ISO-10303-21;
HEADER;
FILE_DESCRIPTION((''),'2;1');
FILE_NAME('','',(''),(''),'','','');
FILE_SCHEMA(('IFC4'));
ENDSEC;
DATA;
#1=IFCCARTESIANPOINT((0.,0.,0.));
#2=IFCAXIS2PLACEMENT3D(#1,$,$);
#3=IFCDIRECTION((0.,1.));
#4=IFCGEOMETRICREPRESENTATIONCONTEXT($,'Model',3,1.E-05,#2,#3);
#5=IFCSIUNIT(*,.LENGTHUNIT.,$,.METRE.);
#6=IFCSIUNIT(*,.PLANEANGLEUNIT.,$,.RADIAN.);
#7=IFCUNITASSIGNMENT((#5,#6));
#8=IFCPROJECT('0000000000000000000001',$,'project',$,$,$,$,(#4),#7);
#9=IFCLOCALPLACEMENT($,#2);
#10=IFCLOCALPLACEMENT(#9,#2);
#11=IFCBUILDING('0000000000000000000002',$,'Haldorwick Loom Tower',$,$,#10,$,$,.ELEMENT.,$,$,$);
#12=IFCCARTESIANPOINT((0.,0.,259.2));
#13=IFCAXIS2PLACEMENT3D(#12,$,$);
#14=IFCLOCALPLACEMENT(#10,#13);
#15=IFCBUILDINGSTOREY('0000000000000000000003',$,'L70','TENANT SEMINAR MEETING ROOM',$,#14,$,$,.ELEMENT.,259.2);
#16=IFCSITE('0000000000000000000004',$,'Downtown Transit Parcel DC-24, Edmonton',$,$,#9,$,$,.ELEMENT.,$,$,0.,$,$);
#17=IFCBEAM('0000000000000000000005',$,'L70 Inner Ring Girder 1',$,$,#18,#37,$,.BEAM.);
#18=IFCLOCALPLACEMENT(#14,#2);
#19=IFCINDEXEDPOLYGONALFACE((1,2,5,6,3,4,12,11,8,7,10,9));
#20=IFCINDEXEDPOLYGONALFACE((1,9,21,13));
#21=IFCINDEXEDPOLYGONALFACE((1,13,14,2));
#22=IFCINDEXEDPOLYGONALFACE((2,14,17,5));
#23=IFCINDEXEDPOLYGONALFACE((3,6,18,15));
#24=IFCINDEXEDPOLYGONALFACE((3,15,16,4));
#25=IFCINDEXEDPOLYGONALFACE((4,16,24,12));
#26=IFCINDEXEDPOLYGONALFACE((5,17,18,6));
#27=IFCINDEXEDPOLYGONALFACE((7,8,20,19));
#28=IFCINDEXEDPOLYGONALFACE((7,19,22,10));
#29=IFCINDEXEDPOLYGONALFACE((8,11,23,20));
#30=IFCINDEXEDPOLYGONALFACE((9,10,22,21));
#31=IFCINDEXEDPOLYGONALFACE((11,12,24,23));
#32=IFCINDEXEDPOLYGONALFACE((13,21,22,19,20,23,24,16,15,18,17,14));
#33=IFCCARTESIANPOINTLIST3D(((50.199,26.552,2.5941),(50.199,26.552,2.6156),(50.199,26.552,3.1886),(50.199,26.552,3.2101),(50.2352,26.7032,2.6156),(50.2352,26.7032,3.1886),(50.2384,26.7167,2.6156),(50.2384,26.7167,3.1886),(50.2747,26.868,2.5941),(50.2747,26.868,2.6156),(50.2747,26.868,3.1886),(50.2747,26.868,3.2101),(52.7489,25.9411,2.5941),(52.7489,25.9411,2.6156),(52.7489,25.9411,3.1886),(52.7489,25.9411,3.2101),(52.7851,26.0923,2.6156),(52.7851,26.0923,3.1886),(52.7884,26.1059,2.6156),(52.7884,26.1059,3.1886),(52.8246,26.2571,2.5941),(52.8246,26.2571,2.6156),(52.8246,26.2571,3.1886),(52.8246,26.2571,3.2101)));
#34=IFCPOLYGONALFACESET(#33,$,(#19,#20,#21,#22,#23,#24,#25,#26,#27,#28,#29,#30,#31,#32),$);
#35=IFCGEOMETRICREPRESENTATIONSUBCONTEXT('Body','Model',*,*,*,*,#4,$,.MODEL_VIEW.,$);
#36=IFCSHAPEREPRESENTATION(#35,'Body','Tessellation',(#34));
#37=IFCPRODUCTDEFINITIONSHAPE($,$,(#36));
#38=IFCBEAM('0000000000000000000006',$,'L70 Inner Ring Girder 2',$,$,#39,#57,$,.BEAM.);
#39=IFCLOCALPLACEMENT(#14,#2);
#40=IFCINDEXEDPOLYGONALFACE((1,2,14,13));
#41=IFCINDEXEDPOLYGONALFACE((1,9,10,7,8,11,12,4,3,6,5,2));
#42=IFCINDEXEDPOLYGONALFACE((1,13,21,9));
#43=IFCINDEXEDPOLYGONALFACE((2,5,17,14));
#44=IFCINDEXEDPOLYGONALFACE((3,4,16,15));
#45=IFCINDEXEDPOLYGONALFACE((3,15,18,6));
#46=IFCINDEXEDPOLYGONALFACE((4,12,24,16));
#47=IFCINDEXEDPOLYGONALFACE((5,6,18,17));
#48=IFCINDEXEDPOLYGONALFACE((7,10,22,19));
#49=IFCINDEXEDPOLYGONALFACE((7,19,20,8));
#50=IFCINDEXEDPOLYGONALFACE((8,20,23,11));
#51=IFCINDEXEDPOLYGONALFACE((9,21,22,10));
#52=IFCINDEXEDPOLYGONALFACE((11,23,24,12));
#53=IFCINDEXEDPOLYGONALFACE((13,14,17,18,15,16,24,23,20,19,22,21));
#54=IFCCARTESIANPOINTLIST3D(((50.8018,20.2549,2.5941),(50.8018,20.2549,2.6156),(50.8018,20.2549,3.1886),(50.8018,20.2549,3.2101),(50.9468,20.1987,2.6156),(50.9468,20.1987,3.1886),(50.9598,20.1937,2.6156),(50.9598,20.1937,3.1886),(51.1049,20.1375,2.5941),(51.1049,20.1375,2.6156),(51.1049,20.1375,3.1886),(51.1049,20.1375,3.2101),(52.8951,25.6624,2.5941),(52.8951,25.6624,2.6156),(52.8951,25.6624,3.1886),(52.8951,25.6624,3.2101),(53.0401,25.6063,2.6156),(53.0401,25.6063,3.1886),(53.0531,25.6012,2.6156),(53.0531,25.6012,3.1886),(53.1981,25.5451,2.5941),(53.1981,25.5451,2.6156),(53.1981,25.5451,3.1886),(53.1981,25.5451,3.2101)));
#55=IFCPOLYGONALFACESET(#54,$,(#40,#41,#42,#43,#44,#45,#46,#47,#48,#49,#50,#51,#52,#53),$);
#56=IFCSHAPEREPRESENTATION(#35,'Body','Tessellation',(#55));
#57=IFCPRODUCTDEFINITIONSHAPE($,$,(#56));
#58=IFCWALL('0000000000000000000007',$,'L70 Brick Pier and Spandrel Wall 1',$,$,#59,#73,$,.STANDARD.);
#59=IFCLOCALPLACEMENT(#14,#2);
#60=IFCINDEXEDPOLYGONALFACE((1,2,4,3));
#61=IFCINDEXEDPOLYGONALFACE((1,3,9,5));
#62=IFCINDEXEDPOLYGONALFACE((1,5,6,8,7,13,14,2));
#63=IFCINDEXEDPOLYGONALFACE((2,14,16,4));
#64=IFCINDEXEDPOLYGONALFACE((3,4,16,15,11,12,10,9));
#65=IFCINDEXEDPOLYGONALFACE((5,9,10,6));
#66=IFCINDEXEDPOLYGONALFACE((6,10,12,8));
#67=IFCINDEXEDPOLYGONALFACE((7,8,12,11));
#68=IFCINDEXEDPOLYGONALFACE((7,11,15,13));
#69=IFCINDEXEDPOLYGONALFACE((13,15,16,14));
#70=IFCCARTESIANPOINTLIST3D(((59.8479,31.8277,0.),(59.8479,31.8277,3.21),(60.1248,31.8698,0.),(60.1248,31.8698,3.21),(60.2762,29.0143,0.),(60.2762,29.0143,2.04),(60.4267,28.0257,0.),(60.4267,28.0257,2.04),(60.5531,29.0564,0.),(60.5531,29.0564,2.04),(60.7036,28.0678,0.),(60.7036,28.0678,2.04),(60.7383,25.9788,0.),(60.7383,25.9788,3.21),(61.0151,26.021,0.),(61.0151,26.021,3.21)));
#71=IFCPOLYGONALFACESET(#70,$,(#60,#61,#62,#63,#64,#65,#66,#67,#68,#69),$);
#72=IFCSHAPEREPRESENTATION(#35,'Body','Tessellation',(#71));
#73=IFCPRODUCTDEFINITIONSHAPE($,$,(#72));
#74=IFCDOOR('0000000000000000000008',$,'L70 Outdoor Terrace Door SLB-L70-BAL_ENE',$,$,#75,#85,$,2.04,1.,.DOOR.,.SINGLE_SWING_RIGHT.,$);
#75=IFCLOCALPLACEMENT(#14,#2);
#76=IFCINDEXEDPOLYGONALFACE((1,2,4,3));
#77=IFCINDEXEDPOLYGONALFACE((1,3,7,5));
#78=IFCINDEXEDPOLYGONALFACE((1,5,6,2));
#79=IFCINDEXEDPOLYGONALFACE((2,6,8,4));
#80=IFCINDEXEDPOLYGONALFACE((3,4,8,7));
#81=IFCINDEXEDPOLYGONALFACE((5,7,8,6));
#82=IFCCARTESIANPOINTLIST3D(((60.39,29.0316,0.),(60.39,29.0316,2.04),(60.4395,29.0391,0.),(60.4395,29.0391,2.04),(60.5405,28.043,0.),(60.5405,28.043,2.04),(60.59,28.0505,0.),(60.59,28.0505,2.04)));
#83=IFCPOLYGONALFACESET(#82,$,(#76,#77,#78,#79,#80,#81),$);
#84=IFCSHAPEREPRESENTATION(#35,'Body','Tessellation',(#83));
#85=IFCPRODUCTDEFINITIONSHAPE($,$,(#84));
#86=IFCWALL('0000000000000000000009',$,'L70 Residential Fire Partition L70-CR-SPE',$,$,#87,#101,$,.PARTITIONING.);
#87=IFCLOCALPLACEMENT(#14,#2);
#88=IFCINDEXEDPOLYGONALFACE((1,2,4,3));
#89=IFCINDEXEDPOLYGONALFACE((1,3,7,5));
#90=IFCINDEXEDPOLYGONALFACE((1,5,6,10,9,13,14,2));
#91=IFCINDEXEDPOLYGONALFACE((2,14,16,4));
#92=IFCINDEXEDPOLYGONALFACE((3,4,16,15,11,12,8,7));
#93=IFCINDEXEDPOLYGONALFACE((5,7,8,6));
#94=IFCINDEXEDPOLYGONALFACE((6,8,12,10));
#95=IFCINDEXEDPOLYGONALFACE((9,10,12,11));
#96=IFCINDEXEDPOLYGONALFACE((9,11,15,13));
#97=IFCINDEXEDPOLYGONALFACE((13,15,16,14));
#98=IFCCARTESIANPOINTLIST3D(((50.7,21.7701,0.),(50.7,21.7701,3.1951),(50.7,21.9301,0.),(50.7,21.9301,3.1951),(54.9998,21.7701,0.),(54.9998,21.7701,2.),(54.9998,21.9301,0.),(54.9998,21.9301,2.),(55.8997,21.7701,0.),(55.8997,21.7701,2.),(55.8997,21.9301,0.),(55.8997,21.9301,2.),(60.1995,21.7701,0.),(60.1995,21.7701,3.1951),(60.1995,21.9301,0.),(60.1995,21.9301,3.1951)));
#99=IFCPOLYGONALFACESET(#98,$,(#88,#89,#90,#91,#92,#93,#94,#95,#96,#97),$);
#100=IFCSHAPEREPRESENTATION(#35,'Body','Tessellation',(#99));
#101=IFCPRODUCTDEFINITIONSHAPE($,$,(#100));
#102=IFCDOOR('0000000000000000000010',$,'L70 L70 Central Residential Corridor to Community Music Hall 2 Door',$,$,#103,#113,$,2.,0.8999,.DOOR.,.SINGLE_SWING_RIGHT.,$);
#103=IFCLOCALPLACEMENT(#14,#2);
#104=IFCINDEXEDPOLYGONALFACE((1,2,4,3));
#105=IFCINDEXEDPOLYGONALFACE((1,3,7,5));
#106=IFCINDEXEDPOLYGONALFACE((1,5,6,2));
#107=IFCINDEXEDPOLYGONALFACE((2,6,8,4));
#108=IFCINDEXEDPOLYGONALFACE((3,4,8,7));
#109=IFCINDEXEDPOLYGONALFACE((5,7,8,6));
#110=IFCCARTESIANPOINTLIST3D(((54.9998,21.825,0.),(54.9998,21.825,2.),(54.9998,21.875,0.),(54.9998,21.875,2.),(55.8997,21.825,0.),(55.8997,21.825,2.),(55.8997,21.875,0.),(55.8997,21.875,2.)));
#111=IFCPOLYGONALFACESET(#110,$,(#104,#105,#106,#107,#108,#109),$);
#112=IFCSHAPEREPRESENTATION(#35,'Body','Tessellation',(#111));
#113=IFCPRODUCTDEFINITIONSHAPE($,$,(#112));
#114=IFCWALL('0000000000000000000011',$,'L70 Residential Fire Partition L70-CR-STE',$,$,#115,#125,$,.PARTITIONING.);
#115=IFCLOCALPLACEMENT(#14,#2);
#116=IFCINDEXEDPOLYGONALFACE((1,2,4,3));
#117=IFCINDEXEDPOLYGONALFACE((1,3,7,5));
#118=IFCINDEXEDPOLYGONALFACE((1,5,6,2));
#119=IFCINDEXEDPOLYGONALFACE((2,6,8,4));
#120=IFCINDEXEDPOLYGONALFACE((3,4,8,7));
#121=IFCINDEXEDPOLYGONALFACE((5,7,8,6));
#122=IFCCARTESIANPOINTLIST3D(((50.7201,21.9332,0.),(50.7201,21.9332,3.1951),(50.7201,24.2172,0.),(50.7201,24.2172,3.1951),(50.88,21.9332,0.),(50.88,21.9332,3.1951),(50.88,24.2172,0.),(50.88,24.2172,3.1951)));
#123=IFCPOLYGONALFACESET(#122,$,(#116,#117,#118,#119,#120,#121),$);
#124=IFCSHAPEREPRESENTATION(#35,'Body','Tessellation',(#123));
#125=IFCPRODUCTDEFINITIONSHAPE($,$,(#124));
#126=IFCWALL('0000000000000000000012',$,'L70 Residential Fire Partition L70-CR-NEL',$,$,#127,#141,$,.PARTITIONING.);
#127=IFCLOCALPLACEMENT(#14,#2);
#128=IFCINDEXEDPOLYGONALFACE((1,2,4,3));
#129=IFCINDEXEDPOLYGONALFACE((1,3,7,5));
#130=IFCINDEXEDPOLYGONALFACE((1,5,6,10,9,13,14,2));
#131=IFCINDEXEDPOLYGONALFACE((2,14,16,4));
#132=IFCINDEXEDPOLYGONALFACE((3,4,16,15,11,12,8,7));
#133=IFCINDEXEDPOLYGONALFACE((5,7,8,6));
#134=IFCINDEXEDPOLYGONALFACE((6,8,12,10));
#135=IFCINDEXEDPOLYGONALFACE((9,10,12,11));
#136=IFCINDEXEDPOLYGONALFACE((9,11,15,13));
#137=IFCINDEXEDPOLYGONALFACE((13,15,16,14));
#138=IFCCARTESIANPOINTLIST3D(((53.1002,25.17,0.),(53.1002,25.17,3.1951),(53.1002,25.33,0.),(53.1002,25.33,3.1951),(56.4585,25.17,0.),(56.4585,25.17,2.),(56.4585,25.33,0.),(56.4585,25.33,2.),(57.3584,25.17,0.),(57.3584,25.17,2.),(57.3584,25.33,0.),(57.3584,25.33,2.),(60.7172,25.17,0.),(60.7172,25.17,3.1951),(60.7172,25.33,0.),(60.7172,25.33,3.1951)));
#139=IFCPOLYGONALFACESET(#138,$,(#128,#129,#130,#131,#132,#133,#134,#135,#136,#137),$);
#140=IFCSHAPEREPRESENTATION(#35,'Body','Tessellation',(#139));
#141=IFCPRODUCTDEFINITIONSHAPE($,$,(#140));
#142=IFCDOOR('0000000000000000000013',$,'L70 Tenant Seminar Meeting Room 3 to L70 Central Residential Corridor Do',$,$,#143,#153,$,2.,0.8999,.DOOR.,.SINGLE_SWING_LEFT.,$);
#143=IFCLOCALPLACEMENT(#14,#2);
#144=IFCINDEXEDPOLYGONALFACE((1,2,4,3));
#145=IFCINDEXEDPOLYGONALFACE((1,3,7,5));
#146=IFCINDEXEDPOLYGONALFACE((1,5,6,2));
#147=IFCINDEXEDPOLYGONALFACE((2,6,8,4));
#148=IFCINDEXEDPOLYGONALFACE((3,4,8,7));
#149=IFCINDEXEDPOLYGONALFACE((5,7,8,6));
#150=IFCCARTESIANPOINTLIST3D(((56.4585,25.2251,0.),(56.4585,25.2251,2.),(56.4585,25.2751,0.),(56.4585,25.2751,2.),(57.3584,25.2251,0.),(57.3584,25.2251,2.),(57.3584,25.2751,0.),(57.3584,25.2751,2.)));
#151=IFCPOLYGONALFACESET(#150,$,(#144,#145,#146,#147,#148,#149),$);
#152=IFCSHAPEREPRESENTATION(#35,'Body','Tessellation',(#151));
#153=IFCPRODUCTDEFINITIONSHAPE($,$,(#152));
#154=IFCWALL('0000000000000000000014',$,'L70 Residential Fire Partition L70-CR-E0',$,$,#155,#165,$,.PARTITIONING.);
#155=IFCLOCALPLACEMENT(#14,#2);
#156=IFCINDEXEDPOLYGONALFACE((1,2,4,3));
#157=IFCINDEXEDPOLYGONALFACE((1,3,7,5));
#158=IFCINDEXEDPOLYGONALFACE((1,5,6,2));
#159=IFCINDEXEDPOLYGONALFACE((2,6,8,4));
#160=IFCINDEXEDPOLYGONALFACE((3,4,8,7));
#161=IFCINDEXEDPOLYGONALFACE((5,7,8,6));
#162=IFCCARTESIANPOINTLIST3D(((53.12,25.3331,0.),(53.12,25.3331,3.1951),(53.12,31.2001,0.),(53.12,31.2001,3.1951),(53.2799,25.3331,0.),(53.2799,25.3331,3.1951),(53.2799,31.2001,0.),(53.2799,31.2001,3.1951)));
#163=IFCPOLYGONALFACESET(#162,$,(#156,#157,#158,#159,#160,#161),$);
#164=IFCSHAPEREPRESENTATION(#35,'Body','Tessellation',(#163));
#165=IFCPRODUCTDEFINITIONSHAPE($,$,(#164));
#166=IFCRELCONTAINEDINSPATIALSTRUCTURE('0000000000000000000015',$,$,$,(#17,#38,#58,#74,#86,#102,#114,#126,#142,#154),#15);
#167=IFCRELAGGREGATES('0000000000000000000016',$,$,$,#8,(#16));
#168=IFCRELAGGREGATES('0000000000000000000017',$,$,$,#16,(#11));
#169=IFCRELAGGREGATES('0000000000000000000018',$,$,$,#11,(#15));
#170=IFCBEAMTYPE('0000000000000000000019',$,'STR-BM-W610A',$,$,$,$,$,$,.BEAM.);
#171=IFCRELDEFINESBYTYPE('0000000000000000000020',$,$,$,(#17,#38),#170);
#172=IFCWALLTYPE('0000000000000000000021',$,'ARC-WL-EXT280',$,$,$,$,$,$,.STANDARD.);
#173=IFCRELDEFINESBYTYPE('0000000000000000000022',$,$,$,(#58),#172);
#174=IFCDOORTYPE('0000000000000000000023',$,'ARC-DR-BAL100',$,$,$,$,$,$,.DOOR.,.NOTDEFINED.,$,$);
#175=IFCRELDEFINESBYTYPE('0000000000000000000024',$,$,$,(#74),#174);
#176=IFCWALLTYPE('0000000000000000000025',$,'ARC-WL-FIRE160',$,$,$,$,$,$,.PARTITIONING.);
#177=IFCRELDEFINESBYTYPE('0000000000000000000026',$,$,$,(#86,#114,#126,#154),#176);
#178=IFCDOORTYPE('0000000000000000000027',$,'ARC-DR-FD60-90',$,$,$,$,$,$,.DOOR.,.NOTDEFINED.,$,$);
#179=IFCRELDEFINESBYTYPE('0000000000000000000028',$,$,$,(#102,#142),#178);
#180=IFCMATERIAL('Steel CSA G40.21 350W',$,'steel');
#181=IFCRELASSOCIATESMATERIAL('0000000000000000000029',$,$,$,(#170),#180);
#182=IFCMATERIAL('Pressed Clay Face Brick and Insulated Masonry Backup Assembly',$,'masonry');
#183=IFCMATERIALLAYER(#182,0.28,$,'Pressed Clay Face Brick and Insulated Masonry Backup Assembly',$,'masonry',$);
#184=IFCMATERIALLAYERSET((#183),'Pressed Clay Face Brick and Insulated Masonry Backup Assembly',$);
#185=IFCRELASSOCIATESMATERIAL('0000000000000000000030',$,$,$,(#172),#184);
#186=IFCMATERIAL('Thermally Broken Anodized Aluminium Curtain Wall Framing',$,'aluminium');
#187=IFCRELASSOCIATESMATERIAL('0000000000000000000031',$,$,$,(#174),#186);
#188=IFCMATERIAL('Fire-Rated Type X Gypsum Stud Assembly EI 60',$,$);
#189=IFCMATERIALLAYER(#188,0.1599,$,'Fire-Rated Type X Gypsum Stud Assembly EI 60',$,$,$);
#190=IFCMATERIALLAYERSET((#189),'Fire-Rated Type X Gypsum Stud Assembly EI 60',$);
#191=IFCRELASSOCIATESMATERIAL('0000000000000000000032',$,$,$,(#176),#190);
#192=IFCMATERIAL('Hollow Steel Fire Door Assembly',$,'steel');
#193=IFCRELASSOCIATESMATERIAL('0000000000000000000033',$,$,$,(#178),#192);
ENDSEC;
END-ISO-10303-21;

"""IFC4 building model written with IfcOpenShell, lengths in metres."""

from ifc_helpers import new_model, si_unit, direction, frame, frame_2d, origin, origin_2d, place, context, subcontext, project, spatial, rectangle, i_section, extrude, material, layer, layer_set, material_profile, profile_set, type_object, element, fill, save


model = new_model("IFC4")

# Units and contexts
model_context = context("Model", 3, precision=1e-05, world=origin(), true_north=direction((0.0, 1.0)))
body_context = subcontext(model_context, "Body", "Model", "MODEL_VIEW")
ifc_project = project(units=[si_unit("LENGTHUNIT", "METRE"), si_unit("PLANEANGLEUNIT", "RADIAN")], contexts=[model_context])

# Site, building, storey
site_placement = place(None, origin())
site = spatial("IfcSite", under=ifc_project, at=site_placement, Name="Downtown Transit Parcel DC-24, Edmonton", CompositionType="ELEMENT", RefElevation=0.0)
building_placement = place(site_placement, origin())
building = spatial("IfcBuilding", under=site, at=building_placement, Name="Haldorwick Loom Tower", CompositionType="ELEMENT")
storey_placement = place(building_placement, frame((0.0, 0.0, 259.2)))
storey = spatial("IfcBuildingStorey", under=building, at=storey_placement, Name="L70", Description="TENANT SEMINAR MEETING ROOM", CompositionType="ELEMENT", Elevation=259.2)

# Shared definitions
ifc_material_1 = material(Name="Steel CSA G40.21 350W", Category="steel")

# Beams
ifc_material_profile_1 = material_profile(ifc_material_1, i_section(OverallWidth=0.325, OverallDepth=0.616, WebThickness=0.0139, FlangeThickness=0.0215, at=origin_2d()), Name="W610X174", Category="steel")
ifc_profile_set_1 = profile_set([ifc_material_profile_1], Name="Steel CSA G40.21 350W")
beam_type_1 = type_object("IfcBeamType", Name="STR-BM-W610A", PredefinedType="BEAM", material=ifc_profile_set_1)
beam_1_placement = place(storey_placement, frame((50.2368, 26.71, 2.9021), z_axis=(0.972484, -0.232971, 0.0), x_axis=(0.232971, 0.972484, 0.0)))
element("IfcBeam", 1, at=beam_1_placement, inside=storey, type_object=beam_type_1, Name="L70 Inner Ring Girder 1", PredefinedType="BEAM", context=body_context, shape_type="SweptSolid", body=[
    extrude(i_section(OverallWidth=0.325, OverallDepth=0.616, WebThickness=0.0139, FlangeThickness=0.0215, at=origin_2d()), origin(), (0.0, 0.0, 1.0), 2.6221),
])
beam_2_placement = place(storey_placement, frame((53.0466, 25.6038, 2.9021), z_axis=(-0.361001, -0.932565, 0.0), x_axis=(0.932565, -0.361001, 0.0)))
element("IfcBeam", 2, at=beam_2_placement, inside=storey, type_object=beam_type_1, Name="L70 Inner Ring Girder 2", PredefinedType="BEAM", context=body_context, shape_type="SweptSolid", body=[
    extrude(i_section(OverallWidth=0.325, OverallDepth=0.616, WebThickness=0.0139, FlangeThickness=0.0215, at=origin_2d()), origin(), (0.0, 0.0, 1.0), 5.7986),
])

# Walls, openings, doors
ifc_material_2 = material(Name="Pressed Clay Face Brick and Insulated Masonry Backup Assembly", Category="masonry")
ifc_layer_1 = layer(ifc_material_2, 0.28, Name="Pressed Clay Face Brick and Insulated Masonry Backup Assembly", Category="masonry")
ifc_layer_set_1 = layer_set([ifc_layer_1], Name="Pressed Clay Face Brick and Insulated Masonry Backup Assembly")
wall_type_1 = type_object("IfcWallType", Name="ARC-WL-EXT280", PredefinedType="STANDARD", material=ifc_layer_set_1)
wall_1_placement = place(storey_placement, frame((60.8767, 26.0, 0.0), z_axis=(0.0, 0.0, 1.0), x_axis=(-0.150497, 0.98861, 0.0)))
wall_1 = element("IfcWall", 3, at=wall_1_placement, inside=storey, type_object=wall_type_1, Name="L70 Brick Pier and Spandrel Wall 1", PredefinedType="STANDARD", context=body_context, shape_type="SweptSolid", body=[
    extrude(rectangle(XDim=5.9163, YDim=0.28, at=frame_2d((2.958, 0.0))), origin(), (0.0, 0.0, 1.0), 3.21),
])
opening_1_placement = place(wall_1_placement, frame((2.0703, 0.0, 0.0)))
opening_1 = element("IfcOpeningElement", 4, at=opening_1_placement, cuts=wall_1, PredefinedType="OPENING", context=body_context, shape_type="SweptSolid", body=[
    extrude(rectangle(XDim=1.0, YDim=2.04, at=frame_2d((0.5, 1.02))), frame((0.0, 0.1499, 0.0), z_axis=(0.0, -1.0, 0.0), x_axis=(1.0, 0.0, 0.0)), (0.0, 0.0, 1.0), 0.3),
])
ifc_material_3 = material(Name="Thermally Broken Anodized Aluminium Curtain Wall Framing", Category="aluminium")
door_type_1 = type_object("IfcDoorType", Name="ARC-DR-BAL100", OperationType="NOTDEFINED", PredefinedType="DOOR", material=ifc_material_3)
door_1_placement = place(opening_1_placement, origin())
door_1 = element("IfcDoor", 5, at=door_1_placement, inside=storey, type_object=door_type_1, Name="L70 Outdoor Terrace Door SLB-L70-BAL_ENE", OperationType="SINGLE_SWING_RIGHT", OverallHeight=2.04, OverallWidth=1.0, PredefinedType="DOOR", context=body_context, shape_type="SweptSolid", body=[
    extrude(rectangle(XDim=1.0, YDim=2.04, at=frame_2d((0.5, 1.02))), frame((0.0, 0.0249, 0.0), z_axis=(0.0, -1.0, 0.0), x_axis=(1.0, 0.0, 0.0)), (0.0, 0.0, 1.0), 0.05),
])
fill(opening_1, door_1)
ifc_material_4 = material(Name="Fire-Rated Type X Gypsum Stud Assembly EI 60")
ifc_layer_2 = layer(ifc_material_4, 0.1599, Name="Fire-Rated Type X Gypsum Stud Assembly EI 60")
ifc_layer_set_2 = layer_set([ifc_layer_2], Name="Fire-Rated Type X Gypsum Stud Assembly EI 60")
wall_type_2 = type_object("IfcWallType", Name="ARC-WL-FIRE160", PredefinedType="PARTITIONING", material=ifc_layer_set_2)
wall_2_placement = place(storey_placement, frame((50.7, 21.8501, 0.0), z_axis=(0.0, 0.0, 1.0), x_axis=(1.0, 0.0, 0.0)))
wall_2 = element("IfcWall", 6, at=wall_2_placement, inside=storey, type_object=wall_type_2, Name="L70 Residential Fire Partition L70-CR-SPE", PredefinedType="PARTITIONING", context=body_context, shape_type="SweptSolid", body=[
    extrude(rectangle(XDim=9.4995, YDim=0.1599, at=frame_2d((4.7498, 0.0))), origin(), (0.0, 0.0, 1.0), 3.1951),
])
opening_2_placement = place(wall_2_placement, frame((4.2998, 0.0, 0.0)))
opening_2 = element("IfcOpeningElement", 7, at=opening_2_placement, cuts=wall_2, PredefinedType="OPENING", context=body_context, shape_type="SweptSolid", body=[
    extrude(rectangle(XDim=0.8999, YDim=2.0, at=frame_2d((0.45, 1.0))), frame((0.0, 0.0898, 0.0), z_axis=(0.0, -1.0, 0.0), x_axis=(1.0, 0.0, 0.0)), (0.0, 0.0, 1.0), 0.1799),
])
ifc_material_5 = material(Name="Hollow Steel Fire Door Assembly", Category="steel")
door_type_2 = type_object("IfcDoorType", Name="ARC-DR-FD60-90", OperationType="NOTDEFINED", PredefinedType="DOOR", material=ifc_material_5)
door_2_placement = place(opening_2_placement, origin())
door_2 = element("IfcDoor", 8, at=door_2_placement, inside=storey, type_object=door_type_2, Name="L70 L70 Central Residential Corridor to Community Music Hall 2 Door", OperationType="SINGLE_SWING_RIGHT", OverallHeight=2.0, OverallWidth=0.8999, PredefinedType="DOOR", context=body_context, shape_type="SweptSolid", body=[
    extrude(rectangle(XDim=0.8999, YDim=2.0, at=frame_2d((0.45, 1.0))), frame((0.0, 0.0249, 0.0), z_axis=(0.0, -1.0, 0.0), x_axis=(1.0, 0.0, 0.0)), (0.0, 0.0, 1.0), 0.05),
])
fill(opening_2, door_2)

# Wall
wall_3_placement = place(storey_placement, frame((50.8, 21.9331, 0.0), z_axis=(0.0, 0.0, 1.0), x_axis=(0.0, 1.0, 0.0)))
element("IfcWall", 9, at=wall_3_placement, inside=storey, type_object=wall_type_2, Name="L70 Residential Fire Partition L70-CR-STE", PredefinedType="PARTITIONING", context=body_context, shape_type="SweptSolid", body=[
    extrude(rectangle(XDim=2.2839, YDim=0.1599, at=frame_2d((1.1421, 0.0))), origin(), (0.0, 0.0, 1.0), 3.1951),
])

# Wall, opening, door
wall_4_placement = place(storey_placement, frame((53.1001, 25.25, 0.0), z_axis=(0.0, 0.0, 1.0), x_axis=(1.0, 0.0, 0.0)))
wall_4 = element("IfcWall", 10, at=wall_4_placement, inside=storey, type_object=wall_type_2, Name="L70 Residential Fire Partition L70-CR-NEL", PredefinedType="PARTITIONING", context=body_context, shape_type="SweptSolid", body=[
    extrude(rectangle(XDim=7.6169, YDim=0.1599, at=frame_2d((3.8086, 0.0))), origin(), (0.0, 0.0, 1.0), 3.1951),
])
opening_3_placement = place(wall_4_placement, frame((3.3584, 0.0, 0.0)))
opening_3 = element("IfcOpeningElement", 11, at=opening_3_placement, cuts=wall_4, PredefinedType="OPENING", context=body_context, shape_type="SweptSolid", body=[
    extrude(rectangle(XDim=0.8999, YDim=2.0, at=frame_2d((0.45, 1.0))), frame((0.0, 0.0898, 0.0), z_axis=(0.0, -1.0, 0.0), x_axis=(1.0, 0.0, 0.0)), (0.0, 0.0, 1.0), 0.1799),
])
door_3_placement = place(opening_3_placement, frame((0.8999, 0.0, 0.0), z_axis=(0.0, 0.0, 1.0), x_axis=(-1.0, 0.0, 0.0)))
door_3 = element("IfcDoor", 12, at=door_3_placement, inside=storey, type_object=door_type_2, Name="L70 Tenant Seminar Meeting Room 3 to L70 Central Residential Corridor Do", OperationType="SINGLE_SWING_LEFT", OverallHeight=2.0, OverallWidth=0.8999, PredefinedType="DOOR", context=body_context, shape_type="SweptSolid", body=[
    extrude(rectangle(XDim=0.8999, YDim=2.0, at=frame_2d((0.45, 1.0))), frame((0.0, 0.0249, 0.0), z_axis=(0.0, -1.0, 0.0), x_axis=(1.0, 0.0, 0.0)), (0.0, 0.0, 1.0), 0.05),
])
fill(opening_3, door_3)

# Wall
wall_5_placement = place(storey_placement, frame((53.2, 25.333, 0.0), z_axis=(0.0, 0.0, 1.0), x_axis=(0.0, 1.0, 0.0)))
element("IfcWall", 13, at=wall_5_placement, inside=storey, type_object=wall_type_2, Name="L70 Residential Fire Partition L70-CR-E0", PredefinedType="PARTITIONING", context=body_context, shape_type="SweptSolid", body=[
    extrude(rectangle(XDim=5.8669, YDim=0.1599, at=frame_2d((2.9336, 0.0))), origin(), (0.0, 0.0, 1.0), 3.1951),
])

save(model, "model.ifc")
